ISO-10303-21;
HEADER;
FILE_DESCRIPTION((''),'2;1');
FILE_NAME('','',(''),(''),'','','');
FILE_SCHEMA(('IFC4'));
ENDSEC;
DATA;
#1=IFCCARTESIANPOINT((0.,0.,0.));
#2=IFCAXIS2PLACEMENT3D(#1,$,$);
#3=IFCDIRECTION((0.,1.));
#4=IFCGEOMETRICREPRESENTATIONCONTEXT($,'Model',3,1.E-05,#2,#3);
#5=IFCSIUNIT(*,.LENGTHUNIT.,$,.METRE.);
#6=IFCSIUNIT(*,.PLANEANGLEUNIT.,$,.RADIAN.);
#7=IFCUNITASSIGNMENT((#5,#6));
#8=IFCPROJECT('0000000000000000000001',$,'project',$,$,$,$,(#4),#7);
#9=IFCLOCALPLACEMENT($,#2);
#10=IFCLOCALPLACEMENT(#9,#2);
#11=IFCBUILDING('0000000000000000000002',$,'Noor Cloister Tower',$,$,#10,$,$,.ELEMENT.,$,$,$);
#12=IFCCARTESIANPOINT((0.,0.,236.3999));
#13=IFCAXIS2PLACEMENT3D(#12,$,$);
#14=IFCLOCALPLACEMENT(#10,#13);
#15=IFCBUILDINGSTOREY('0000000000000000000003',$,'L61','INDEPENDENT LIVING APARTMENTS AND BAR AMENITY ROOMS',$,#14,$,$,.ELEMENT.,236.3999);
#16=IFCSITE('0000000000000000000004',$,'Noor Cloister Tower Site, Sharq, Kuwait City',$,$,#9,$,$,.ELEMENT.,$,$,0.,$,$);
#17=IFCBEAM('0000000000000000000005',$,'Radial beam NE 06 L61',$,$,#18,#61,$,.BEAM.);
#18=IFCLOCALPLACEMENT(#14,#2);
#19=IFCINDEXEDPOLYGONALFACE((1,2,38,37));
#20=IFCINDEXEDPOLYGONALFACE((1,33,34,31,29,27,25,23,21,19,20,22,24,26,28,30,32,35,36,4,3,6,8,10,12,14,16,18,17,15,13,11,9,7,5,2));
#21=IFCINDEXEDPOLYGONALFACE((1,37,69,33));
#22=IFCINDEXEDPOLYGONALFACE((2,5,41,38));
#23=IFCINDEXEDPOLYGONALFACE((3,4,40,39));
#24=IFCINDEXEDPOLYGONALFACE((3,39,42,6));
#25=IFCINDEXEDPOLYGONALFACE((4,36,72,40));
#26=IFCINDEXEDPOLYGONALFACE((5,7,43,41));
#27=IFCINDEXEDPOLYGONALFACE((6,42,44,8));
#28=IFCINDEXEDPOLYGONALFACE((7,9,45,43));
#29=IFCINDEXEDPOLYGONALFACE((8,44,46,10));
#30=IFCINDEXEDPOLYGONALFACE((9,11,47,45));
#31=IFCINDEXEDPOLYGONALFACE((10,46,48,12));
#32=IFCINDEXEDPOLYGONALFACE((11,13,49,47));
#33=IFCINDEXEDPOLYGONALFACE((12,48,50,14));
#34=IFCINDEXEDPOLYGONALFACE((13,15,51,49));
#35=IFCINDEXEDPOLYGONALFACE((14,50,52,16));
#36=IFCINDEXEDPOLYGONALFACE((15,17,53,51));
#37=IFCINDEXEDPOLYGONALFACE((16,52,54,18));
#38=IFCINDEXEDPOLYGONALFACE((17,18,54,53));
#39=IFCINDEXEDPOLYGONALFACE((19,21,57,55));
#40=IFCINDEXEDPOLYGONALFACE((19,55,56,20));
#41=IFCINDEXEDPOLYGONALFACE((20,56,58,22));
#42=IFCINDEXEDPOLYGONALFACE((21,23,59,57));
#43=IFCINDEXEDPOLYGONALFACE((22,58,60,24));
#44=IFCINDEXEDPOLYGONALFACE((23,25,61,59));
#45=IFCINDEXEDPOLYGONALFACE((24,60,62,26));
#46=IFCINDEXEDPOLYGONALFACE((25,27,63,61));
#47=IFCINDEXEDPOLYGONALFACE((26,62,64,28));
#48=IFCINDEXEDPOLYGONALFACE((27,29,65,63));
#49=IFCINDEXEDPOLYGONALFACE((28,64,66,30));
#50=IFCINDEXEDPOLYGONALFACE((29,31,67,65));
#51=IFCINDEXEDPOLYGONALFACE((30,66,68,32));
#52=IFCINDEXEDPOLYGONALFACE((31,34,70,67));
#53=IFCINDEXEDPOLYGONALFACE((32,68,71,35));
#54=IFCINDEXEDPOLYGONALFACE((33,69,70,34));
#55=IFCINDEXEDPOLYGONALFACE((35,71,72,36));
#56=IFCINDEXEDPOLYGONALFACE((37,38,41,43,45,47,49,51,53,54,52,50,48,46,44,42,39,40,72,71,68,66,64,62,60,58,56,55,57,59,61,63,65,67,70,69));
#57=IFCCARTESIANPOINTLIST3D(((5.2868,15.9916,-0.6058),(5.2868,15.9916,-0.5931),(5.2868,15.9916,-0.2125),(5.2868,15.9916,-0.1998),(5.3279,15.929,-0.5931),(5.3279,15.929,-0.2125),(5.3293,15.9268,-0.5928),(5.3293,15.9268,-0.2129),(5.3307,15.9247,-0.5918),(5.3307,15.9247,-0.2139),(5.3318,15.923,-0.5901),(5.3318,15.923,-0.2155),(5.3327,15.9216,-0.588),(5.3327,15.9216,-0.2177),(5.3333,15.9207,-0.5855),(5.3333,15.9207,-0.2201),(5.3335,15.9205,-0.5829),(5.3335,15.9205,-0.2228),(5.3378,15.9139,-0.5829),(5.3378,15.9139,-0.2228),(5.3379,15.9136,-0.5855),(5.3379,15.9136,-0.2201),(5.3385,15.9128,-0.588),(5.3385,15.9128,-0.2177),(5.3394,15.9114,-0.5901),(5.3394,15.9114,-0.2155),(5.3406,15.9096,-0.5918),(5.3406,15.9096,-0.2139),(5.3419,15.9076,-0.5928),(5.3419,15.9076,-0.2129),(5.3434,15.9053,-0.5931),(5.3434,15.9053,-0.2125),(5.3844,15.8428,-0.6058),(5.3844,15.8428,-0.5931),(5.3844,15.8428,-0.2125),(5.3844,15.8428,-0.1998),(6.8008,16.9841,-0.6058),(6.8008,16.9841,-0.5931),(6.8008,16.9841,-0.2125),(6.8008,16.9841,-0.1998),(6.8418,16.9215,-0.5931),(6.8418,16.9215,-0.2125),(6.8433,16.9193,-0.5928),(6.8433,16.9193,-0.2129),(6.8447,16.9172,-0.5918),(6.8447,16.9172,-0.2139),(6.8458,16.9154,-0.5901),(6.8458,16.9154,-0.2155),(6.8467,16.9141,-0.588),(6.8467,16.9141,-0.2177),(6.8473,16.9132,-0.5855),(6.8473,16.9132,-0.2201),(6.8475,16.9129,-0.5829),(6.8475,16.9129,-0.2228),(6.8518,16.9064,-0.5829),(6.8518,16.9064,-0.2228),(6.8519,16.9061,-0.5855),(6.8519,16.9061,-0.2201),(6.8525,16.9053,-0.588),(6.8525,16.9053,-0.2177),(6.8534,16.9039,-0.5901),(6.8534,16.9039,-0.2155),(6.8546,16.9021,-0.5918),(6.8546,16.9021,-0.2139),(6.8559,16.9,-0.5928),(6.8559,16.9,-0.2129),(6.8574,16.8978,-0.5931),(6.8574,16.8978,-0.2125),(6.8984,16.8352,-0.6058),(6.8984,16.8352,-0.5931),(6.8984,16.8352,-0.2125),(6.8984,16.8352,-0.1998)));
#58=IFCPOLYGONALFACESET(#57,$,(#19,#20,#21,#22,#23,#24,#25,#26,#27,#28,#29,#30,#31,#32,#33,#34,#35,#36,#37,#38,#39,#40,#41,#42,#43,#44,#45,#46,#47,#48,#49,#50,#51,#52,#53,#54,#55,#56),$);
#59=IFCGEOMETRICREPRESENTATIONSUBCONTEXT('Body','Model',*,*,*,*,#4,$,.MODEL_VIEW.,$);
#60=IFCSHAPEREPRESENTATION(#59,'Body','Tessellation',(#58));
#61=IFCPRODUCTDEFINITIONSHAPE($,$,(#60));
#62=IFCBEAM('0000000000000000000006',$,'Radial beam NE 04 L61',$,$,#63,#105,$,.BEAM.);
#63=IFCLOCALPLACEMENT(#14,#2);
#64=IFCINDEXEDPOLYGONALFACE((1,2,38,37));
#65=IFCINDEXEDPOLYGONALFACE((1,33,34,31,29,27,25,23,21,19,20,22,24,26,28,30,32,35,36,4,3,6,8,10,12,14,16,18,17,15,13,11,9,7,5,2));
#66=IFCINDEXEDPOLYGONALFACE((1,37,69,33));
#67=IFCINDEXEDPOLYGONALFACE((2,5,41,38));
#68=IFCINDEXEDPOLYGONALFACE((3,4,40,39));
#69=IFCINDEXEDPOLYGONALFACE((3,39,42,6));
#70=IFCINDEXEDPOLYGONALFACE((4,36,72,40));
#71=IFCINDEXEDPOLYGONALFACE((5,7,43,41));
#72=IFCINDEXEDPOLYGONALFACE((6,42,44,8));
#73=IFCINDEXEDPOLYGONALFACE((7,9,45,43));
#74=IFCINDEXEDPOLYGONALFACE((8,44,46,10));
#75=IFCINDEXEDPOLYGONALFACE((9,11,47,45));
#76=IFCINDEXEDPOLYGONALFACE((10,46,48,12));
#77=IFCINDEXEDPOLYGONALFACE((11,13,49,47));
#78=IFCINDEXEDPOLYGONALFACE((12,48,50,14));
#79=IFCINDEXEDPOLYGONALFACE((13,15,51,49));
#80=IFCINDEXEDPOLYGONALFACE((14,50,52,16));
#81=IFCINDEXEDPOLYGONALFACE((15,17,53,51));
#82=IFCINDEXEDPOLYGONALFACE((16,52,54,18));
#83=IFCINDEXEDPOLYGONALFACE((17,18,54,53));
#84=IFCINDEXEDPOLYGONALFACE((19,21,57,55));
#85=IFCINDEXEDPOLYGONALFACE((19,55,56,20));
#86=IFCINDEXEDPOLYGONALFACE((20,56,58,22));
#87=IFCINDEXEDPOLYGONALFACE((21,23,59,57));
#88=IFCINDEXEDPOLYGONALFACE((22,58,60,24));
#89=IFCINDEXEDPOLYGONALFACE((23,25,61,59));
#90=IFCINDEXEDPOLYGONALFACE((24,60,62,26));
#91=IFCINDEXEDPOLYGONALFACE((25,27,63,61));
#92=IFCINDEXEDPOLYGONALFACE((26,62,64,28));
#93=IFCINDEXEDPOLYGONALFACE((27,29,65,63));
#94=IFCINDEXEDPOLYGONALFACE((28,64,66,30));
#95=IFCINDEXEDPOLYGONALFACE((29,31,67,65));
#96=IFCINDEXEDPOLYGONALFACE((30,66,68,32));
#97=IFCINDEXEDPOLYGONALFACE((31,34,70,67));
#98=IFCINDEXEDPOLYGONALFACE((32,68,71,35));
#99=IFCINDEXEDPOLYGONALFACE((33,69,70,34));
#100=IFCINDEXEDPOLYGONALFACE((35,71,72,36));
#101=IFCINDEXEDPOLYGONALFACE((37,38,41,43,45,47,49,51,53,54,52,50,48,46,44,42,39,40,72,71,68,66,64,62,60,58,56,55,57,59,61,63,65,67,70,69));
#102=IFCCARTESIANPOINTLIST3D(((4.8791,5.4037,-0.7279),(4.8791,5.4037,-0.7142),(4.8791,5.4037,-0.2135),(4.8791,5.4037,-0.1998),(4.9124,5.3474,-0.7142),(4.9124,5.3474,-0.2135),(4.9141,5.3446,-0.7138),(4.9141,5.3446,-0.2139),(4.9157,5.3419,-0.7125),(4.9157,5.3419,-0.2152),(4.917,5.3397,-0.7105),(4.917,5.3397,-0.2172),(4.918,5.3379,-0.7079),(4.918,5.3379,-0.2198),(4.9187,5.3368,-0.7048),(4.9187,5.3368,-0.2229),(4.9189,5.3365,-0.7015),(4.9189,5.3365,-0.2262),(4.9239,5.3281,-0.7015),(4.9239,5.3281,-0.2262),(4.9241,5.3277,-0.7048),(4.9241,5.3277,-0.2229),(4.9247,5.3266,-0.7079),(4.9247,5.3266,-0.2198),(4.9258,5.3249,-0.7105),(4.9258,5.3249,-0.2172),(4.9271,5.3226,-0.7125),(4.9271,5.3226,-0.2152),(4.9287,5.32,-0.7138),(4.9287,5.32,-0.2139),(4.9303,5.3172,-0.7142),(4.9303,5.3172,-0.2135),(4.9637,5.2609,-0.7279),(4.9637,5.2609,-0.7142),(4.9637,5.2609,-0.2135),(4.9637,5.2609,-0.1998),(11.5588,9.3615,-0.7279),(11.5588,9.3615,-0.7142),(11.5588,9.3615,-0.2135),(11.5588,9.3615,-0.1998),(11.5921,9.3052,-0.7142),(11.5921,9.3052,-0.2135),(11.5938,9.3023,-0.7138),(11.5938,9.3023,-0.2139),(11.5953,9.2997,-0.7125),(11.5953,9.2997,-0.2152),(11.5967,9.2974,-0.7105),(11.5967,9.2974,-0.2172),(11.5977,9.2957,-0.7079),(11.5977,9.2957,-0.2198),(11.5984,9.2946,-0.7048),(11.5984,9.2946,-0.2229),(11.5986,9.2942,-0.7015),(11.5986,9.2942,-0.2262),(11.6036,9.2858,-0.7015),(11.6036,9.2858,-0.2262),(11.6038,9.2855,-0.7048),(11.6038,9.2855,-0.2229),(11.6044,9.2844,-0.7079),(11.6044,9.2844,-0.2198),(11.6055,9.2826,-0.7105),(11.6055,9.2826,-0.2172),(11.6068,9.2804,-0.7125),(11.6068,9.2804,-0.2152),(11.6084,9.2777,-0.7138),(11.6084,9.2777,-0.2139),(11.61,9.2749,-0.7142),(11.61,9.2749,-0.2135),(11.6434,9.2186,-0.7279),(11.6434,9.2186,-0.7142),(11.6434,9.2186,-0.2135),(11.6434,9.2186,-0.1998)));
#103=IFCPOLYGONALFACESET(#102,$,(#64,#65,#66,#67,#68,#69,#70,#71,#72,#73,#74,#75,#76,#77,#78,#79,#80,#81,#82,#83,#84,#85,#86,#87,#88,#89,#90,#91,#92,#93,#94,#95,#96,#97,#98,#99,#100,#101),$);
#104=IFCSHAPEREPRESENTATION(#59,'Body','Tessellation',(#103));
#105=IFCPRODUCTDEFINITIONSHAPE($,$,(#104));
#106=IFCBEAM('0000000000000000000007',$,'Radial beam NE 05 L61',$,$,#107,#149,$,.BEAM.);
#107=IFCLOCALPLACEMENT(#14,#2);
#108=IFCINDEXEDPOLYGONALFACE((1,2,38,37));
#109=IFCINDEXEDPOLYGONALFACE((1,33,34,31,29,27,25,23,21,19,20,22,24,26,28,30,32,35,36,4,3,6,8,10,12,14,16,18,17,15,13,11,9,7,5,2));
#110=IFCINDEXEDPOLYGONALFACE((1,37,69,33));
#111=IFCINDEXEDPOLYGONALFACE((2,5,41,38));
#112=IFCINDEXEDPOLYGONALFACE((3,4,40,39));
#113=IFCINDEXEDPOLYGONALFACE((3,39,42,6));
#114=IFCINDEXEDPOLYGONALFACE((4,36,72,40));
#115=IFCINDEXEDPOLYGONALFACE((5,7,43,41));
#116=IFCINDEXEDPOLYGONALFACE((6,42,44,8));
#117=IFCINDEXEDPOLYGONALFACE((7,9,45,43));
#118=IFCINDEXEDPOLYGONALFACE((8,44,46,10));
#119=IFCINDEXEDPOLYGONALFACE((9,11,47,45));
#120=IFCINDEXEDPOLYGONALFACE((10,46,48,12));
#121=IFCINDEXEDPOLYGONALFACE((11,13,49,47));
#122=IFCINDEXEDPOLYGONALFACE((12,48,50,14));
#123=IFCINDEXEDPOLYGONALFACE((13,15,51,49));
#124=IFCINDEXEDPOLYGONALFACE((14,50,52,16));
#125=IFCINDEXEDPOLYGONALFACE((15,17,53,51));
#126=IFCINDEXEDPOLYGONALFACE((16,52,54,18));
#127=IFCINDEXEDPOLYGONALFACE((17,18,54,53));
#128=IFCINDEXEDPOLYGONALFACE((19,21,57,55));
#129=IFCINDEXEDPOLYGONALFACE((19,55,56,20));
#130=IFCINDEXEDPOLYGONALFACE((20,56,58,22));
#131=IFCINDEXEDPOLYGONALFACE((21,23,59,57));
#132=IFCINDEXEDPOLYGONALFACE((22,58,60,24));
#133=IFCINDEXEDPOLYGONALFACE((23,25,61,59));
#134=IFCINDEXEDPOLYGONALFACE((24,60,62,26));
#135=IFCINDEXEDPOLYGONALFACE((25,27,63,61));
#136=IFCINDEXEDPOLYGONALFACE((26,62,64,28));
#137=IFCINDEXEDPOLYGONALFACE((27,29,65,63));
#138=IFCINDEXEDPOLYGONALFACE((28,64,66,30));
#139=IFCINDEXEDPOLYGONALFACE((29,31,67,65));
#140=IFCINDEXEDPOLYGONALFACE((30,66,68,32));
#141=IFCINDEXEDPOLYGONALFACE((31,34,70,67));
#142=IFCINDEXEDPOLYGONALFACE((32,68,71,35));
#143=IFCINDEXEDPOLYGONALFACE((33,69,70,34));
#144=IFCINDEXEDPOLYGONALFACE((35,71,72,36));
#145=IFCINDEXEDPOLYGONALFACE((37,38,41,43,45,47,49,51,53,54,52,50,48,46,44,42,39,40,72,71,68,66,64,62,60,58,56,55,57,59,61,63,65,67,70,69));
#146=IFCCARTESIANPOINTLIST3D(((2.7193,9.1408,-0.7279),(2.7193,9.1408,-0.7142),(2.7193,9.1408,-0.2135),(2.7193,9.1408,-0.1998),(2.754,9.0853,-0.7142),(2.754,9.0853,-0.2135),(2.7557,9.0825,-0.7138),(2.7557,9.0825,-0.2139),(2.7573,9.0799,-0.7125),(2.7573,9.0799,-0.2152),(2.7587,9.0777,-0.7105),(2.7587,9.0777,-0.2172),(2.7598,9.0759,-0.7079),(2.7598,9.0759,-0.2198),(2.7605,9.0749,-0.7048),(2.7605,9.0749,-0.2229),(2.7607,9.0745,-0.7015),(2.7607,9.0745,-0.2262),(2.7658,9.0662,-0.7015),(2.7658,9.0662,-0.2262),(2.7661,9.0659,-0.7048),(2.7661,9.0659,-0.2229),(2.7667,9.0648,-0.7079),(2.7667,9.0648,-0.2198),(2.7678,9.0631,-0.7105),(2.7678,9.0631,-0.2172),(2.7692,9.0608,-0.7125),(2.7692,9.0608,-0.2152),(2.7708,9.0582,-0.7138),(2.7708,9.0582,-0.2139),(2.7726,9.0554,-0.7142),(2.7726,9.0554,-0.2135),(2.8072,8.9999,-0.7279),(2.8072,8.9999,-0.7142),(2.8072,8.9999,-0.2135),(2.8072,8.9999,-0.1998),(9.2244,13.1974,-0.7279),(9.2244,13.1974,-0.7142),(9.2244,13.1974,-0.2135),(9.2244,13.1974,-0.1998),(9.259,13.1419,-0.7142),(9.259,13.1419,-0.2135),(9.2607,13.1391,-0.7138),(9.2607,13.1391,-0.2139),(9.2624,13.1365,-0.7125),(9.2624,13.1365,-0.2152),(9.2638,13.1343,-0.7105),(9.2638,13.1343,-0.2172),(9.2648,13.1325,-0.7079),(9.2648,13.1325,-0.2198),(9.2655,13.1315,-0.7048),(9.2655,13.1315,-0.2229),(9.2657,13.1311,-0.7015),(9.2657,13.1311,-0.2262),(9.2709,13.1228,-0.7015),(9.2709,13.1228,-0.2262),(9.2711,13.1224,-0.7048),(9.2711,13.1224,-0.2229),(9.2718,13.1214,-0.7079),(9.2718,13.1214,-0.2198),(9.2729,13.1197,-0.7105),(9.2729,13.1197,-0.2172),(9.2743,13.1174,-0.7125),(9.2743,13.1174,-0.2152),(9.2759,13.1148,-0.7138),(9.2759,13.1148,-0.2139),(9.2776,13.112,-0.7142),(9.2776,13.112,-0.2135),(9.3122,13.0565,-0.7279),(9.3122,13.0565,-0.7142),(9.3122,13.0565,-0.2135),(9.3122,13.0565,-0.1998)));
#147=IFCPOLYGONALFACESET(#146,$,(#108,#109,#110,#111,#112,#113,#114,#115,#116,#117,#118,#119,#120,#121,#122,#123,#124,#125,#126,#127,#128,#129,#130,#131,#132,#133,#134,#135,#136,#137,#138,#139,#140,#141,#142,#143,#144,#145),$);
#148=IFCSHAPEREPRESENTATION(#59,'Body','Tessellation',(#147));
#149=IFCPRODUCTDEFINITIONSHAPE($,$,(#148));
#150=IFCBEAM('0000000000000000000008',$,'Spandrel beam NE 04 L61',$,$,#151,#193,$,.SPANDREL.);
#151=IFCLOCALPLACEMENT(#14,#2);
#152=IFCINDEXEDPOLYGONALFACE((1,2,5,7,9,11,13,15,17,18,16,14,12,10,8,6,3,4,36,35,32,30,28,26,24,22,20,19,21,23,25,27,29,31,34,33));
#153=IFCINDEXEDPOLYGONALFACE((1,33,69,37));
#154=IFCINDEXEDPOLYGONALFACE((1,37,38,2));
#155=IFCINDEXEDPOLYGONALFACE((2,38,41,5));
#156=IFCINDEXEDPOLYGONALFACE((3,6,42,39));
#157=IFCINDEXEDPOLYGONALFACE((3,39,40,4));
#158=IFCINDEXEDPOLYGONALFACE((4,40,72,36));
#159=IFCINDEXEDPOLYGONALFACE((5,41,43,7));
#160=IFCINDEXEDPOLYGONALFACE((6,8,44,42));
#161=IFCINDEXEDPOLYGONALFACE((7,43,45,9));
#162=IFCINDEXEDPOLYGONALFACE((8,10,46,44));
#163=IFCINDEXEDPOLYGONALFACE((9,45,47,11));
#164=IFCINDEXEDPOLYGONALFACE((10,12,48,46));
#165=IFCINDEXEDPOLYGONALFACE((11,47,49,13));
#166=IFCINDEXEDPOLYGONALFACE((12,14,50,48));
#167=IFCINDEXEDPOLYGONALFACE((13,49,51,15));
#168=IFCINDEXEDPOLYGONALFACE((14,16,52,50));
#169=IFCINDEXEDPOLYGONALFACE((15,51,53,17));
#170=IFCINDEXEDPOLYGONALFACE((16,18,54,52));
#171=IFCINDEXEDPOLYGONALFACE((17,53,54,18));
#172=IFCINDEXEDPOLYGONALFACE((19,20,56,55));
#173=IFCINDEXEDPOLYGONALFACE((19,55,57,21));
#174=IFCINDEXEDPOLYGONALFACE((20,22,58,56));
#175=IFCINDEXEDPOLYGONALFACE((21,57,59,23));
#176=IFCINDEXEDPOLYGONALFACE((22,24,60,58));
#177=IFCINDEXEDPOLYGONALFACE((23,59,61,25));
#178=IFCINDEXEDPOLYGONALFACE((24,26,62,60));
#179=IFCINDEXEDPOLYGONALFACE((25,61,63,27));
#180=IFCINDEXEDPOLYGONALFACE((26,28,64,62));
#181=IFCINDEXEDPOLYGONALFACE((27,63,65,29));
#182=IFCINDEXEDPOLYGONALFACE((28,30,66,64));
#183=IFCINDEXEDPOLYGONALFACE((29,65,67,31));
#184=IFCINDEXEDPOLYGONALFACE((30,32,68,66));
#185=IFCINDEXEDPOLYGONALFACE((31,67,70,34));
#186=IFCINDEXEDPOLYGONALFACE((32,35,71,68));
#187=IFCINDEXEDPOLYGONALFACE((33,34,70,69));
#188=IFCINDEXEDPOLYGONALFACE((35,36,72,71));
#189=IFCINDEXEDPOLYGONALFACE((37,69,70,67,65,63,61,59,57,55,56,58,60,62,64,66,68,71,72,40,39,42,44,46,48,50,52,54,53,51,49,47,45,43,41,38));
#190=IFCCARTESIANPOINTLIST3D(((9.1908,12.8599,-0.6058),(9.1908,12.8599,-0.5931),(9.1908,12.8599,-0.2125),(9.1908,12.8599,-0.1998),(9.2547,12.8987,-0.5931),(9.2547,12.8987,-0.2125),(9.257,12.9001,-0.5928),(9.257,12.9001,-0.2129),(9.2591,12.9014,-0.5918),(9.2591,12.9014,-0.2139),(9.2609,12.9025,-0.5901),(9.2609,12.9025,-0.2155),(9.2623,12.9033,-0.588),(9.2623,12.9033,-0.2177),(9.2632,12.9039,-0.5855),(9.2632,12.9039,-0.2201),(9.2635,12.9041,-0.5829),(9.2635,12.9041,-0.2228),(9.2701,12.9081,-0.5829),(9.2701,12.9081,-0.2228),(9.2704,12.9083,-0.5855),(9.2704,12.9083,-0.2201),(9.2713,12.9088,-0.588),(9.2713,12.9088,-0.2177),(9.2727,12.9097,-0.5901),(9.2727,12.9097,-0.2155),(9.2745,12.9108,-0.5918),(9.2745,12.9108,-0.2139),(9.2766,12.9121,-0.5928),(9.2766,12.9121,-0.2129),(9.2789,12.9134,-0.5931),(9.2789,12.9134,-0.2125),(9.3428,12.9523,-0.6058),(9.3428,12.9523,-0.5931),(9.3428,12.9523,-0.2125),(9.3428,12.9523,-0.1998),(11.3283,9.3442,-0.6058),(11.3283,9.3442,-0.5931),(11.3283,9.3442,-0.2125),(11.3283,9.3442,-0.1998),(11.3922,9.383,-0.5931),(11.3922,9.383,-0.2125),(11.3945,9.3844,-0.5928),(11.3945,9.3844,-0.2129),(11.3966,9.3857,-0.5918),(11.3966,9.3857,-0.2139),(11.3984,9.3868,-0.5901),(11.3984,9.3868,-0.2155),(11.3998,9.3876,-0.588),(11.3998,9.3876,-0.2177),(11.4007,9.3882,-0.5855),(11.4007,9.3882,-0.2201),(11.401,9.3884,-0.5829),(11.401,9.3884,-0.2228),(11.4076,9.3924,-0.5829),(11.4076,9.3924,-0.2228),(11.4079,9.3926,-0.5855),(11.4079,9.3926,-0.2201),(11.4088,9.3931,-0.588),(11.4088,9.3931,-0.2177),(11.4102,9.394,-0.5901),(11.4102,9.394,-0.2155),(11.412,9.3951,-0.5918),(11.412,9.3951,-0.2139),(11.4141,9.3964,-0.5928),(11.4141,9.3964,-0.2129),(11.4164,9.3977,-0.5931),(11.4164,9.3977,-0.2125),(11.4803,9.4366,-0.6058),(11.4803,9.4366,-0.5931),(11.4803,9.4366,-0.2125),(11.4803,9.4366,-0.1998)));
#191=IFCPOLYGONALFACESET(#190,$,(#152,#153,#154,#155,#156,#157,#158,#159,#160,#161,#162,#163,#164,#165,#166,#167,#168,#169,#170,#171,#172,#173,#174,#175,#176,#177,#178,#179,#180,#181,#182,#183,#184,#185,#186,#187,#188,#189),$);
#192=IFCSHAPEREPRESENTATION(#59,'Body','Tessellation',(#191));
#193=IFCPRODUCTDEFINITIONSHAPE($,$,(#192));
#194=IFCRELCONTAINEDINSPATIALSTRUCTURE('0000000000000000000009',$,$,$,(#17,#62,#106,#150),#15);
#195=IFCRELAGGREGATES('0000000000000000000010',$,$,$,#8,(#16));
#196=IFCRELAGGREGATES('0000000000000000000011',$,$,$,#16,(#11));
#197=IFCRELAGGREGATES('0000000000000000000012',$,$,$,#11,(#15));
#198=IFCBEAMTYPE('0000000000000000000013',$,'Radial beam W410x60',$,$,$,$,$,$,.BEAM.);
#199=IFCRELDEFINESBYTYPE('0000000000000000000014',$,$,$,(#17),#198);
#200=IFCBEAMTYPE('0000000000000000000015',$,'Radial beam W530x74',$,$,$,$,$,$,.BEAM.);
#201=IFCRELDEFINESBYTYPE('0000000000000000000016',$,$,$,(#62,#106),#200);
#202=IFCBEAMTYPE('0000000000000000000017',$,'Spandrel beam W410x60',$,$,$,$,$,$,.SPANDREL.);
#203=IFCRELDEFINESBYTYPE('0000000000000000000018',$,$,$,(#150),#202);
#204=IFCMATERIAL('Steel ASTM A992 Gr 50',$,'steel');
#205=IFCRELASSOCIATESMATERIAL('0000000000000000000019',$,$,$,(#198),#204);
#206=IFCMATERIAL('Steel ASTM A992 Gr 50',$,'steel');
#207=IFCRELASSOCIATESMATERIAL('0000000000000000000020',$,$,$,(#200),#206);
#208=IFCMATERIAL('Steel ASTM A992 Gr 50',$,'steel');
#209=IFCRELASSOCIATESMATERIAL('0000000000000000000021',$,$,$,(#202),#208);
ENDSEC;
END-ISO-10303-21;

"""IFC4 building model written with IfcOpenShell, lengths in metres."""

from ifc_helpers import new_model, si_unit, direction, frame, origin, origin_2d, place, context, subcontext, project, spatial, i_section, extrude, material, material_profile, profile_set, type_object, element, save


model = new_model("IFC4")

# Units and contexts
model_context = context("Model", 3, precision=1e-05, world=origin(), true_north=direction((0.0, 1.0)))
body_context = subcontext(model_context, "Body", "Model", "MODEL_VIEW")
ifc_project = project(units=[si_unit("LENGTHUNIT", "METRE"), si_unit("PLANEANGLEUNIT", "RADIAN")], contexts=[model_context])

# Site, building, storey
site_placement = place(None, origin())
site = spatial("IfcSite", under=ifc_project, at=site_placement, Name="Noor Cloister Tower Site, Sharq, Kuwait City", CompositionType="ELEMENT", RefElevation=0.0)
building_placement = place(site_placement, origin())
building = spatial("IfcBuilding", under=site, at=building_placement, Name="Noor Cloister Tower", CompositionType="ELEMENT")
storey_placement = place(building_placement, frame((0.0, 0.0, 236.3999)))
storey = spatial("IfcBuildingStorey", under=building, at=storey_placement, Name="L61", Description="INDEPENDENT LIVING APARTMENTS AND BAR AMENITY ROOMS", CompositionType="ELEMENT", Elevation=236.3999)

# Beams
ifc_material_1 = material(Name="Steel ASTM A992 Gr 50", Category="steel")
ifc_material_profile_1 = material_profile(ifc_material_1, i_section(OverallWidth=0.178, OverallDepth=0.406, WebThickness=0.0078, FlangeThickness=0.0127, FilletRadius=0.0103, at=origin_2d()), Name="W410x60")
ifc_profile_set_1 = profile_set([ifc_material_profile_1], Name="Steel ASTM A992 Gr 50")
beam_type_1 = type_object("IfcBeamType", Name="Radial beam W410x60", PredefinedType="BEAM", material=ifc_profile_set_1)
beam_1_placement = place(storey_placement, frame((6.8496, 16.9097, -0.4028), z_axis=(-0.83632, -0.548241, 0.0), x_axis=(0.548241, -0.83632, 0.0)))
element("IfcBeam", 1, at=beam_1_placement, inside=storey, type_object=beam_type_1, Name="Radial beam NE 06 L61", PredefinedType="BEAM", context=body_context, shape_type="SweptSolid", body=[
    extrude(i_section(OverallWidth=0.178, OverallDepth=0.406, WebThickness=0.0078, FlangeThickness=0.0127, FilletRadius=0.0103, at=origin_2d()), origin(), (0.0, 0.0, 1.0), 1.8103),
])
ifc_material_2 = material(Name="Steel ASTM A992 Gr 50", Category="steel")
ifc_material_profile_2 = material_profile(ifc_material_2, i_section(OverallWidth=0.166, OverallDepth=0.5281, WebThickness=0.0098, FlangeThickness=0.0137, FilletRadius=0.0127, at=origin_2d()), Name="W530x74")
ifc_profile_set_2 = profile_set([ifc_material_profile_2], Name="Steel ASTM A992 Gr 50")
beam_type_2 = type_object("IfcBeamType", Name="Radial beam W530x74", PredefinedType="BEAM", material=ifc_profile_set_2)
beam_2_placement = place(storey_placement, frame((11.6011, 9.29, -0.4639), z_axis=(-0.860324, -0.509748, 0.0), x_axis=(0.509748, -0.860324, 0.0)))
element("IfcBeam", 2, at=beam_2_placement, inside=storey, type_object=beam_type_2, Name="Radial beam NE 04 L61", PredefinedType="BEAM", context=body_context, shape_type="SweptSolid", body=[
    extrude(i_section(OverallWidth=0.166, OverallDepth=0.5281, WebThickness=0.0098, FlangeThickness=0.0137, FilletRadius=0.0127, at=origin_2d()), origin(), (0.0, 0.0, 1.0), 7.7642),
])
beam_3_placement = place(storey_placement, frame((9.2683, 13.127, -0.4639), z_axis=(-0.848529, -0.529149, 0.0), x_axis=(0.529149, -0.848529, 0.0)))
element("IfcBeam", 3, at=beam_3_placement, inside=storey, type_object=beam_type_2, Name="Radial beam NE 05 L61", PredefinedType="BEAM", context=body_context, shape_type="SweptSolid", body=[
    extrude(i_section(OverallWidth=0.166, OverallDepth=0.5281, WebThickness=0.0098, FlangeThickness=0.0137, FilletRadius=0.0127, at=origin_2d()), origin(), (0.0, 0.0, 1.0), 7.6663),
])
ifc_material_3 = material(Name="Steel ASTM A992 Gr 50", Category="steel")
ifc_material_profile_3 = material_profile(ifc_material_3, i_section(OverallWidth=0.178, OverallDepth=0.406, WebThickness=0.0078, FlangeThickness=0.0127, FilletRadius=0.0103, at=origin_2d()), Name="W410x60")
ifc_profile_set_3 = profile_set([ifc_material_profile_3], Name="Steel ASTM A992 Gr 50")
beam_type_3 = type_object("IfcBeamType", Name="Spandrel beam W410x60", PredefinedType="SPANDREL", material=ifc_profile_set_3)
for number, where, z_axis, x_axis, name in (
    (4, (11.4043, 9.3904, -0.4028), (-0.519505, 0.854468, 0.0), (-0.854468, -0.519505, 0.0), "Spandrel beam NE 04 L61"),
):
    element("IfcBeam", number, at=place(storey_placement, frame(where, z_axis=z_axis, x_axis=x_axis)), inside=storey, type_object=beam_type_3, Name=name, PredefinedType="SPANDREL", context=body_context, shape_type="SweptSolid", body=[
        extrude(i_section(OverallWidth=0.178, OverallDepth=0.406, WebThickness=0.0078, FlangeThickness=0.0127, FilletRadius=0.0103, at=origin_2d()), origin(), (0.0, 0.0, 1.0), 4.1145),
    ])

save(model, "model.ifc")
